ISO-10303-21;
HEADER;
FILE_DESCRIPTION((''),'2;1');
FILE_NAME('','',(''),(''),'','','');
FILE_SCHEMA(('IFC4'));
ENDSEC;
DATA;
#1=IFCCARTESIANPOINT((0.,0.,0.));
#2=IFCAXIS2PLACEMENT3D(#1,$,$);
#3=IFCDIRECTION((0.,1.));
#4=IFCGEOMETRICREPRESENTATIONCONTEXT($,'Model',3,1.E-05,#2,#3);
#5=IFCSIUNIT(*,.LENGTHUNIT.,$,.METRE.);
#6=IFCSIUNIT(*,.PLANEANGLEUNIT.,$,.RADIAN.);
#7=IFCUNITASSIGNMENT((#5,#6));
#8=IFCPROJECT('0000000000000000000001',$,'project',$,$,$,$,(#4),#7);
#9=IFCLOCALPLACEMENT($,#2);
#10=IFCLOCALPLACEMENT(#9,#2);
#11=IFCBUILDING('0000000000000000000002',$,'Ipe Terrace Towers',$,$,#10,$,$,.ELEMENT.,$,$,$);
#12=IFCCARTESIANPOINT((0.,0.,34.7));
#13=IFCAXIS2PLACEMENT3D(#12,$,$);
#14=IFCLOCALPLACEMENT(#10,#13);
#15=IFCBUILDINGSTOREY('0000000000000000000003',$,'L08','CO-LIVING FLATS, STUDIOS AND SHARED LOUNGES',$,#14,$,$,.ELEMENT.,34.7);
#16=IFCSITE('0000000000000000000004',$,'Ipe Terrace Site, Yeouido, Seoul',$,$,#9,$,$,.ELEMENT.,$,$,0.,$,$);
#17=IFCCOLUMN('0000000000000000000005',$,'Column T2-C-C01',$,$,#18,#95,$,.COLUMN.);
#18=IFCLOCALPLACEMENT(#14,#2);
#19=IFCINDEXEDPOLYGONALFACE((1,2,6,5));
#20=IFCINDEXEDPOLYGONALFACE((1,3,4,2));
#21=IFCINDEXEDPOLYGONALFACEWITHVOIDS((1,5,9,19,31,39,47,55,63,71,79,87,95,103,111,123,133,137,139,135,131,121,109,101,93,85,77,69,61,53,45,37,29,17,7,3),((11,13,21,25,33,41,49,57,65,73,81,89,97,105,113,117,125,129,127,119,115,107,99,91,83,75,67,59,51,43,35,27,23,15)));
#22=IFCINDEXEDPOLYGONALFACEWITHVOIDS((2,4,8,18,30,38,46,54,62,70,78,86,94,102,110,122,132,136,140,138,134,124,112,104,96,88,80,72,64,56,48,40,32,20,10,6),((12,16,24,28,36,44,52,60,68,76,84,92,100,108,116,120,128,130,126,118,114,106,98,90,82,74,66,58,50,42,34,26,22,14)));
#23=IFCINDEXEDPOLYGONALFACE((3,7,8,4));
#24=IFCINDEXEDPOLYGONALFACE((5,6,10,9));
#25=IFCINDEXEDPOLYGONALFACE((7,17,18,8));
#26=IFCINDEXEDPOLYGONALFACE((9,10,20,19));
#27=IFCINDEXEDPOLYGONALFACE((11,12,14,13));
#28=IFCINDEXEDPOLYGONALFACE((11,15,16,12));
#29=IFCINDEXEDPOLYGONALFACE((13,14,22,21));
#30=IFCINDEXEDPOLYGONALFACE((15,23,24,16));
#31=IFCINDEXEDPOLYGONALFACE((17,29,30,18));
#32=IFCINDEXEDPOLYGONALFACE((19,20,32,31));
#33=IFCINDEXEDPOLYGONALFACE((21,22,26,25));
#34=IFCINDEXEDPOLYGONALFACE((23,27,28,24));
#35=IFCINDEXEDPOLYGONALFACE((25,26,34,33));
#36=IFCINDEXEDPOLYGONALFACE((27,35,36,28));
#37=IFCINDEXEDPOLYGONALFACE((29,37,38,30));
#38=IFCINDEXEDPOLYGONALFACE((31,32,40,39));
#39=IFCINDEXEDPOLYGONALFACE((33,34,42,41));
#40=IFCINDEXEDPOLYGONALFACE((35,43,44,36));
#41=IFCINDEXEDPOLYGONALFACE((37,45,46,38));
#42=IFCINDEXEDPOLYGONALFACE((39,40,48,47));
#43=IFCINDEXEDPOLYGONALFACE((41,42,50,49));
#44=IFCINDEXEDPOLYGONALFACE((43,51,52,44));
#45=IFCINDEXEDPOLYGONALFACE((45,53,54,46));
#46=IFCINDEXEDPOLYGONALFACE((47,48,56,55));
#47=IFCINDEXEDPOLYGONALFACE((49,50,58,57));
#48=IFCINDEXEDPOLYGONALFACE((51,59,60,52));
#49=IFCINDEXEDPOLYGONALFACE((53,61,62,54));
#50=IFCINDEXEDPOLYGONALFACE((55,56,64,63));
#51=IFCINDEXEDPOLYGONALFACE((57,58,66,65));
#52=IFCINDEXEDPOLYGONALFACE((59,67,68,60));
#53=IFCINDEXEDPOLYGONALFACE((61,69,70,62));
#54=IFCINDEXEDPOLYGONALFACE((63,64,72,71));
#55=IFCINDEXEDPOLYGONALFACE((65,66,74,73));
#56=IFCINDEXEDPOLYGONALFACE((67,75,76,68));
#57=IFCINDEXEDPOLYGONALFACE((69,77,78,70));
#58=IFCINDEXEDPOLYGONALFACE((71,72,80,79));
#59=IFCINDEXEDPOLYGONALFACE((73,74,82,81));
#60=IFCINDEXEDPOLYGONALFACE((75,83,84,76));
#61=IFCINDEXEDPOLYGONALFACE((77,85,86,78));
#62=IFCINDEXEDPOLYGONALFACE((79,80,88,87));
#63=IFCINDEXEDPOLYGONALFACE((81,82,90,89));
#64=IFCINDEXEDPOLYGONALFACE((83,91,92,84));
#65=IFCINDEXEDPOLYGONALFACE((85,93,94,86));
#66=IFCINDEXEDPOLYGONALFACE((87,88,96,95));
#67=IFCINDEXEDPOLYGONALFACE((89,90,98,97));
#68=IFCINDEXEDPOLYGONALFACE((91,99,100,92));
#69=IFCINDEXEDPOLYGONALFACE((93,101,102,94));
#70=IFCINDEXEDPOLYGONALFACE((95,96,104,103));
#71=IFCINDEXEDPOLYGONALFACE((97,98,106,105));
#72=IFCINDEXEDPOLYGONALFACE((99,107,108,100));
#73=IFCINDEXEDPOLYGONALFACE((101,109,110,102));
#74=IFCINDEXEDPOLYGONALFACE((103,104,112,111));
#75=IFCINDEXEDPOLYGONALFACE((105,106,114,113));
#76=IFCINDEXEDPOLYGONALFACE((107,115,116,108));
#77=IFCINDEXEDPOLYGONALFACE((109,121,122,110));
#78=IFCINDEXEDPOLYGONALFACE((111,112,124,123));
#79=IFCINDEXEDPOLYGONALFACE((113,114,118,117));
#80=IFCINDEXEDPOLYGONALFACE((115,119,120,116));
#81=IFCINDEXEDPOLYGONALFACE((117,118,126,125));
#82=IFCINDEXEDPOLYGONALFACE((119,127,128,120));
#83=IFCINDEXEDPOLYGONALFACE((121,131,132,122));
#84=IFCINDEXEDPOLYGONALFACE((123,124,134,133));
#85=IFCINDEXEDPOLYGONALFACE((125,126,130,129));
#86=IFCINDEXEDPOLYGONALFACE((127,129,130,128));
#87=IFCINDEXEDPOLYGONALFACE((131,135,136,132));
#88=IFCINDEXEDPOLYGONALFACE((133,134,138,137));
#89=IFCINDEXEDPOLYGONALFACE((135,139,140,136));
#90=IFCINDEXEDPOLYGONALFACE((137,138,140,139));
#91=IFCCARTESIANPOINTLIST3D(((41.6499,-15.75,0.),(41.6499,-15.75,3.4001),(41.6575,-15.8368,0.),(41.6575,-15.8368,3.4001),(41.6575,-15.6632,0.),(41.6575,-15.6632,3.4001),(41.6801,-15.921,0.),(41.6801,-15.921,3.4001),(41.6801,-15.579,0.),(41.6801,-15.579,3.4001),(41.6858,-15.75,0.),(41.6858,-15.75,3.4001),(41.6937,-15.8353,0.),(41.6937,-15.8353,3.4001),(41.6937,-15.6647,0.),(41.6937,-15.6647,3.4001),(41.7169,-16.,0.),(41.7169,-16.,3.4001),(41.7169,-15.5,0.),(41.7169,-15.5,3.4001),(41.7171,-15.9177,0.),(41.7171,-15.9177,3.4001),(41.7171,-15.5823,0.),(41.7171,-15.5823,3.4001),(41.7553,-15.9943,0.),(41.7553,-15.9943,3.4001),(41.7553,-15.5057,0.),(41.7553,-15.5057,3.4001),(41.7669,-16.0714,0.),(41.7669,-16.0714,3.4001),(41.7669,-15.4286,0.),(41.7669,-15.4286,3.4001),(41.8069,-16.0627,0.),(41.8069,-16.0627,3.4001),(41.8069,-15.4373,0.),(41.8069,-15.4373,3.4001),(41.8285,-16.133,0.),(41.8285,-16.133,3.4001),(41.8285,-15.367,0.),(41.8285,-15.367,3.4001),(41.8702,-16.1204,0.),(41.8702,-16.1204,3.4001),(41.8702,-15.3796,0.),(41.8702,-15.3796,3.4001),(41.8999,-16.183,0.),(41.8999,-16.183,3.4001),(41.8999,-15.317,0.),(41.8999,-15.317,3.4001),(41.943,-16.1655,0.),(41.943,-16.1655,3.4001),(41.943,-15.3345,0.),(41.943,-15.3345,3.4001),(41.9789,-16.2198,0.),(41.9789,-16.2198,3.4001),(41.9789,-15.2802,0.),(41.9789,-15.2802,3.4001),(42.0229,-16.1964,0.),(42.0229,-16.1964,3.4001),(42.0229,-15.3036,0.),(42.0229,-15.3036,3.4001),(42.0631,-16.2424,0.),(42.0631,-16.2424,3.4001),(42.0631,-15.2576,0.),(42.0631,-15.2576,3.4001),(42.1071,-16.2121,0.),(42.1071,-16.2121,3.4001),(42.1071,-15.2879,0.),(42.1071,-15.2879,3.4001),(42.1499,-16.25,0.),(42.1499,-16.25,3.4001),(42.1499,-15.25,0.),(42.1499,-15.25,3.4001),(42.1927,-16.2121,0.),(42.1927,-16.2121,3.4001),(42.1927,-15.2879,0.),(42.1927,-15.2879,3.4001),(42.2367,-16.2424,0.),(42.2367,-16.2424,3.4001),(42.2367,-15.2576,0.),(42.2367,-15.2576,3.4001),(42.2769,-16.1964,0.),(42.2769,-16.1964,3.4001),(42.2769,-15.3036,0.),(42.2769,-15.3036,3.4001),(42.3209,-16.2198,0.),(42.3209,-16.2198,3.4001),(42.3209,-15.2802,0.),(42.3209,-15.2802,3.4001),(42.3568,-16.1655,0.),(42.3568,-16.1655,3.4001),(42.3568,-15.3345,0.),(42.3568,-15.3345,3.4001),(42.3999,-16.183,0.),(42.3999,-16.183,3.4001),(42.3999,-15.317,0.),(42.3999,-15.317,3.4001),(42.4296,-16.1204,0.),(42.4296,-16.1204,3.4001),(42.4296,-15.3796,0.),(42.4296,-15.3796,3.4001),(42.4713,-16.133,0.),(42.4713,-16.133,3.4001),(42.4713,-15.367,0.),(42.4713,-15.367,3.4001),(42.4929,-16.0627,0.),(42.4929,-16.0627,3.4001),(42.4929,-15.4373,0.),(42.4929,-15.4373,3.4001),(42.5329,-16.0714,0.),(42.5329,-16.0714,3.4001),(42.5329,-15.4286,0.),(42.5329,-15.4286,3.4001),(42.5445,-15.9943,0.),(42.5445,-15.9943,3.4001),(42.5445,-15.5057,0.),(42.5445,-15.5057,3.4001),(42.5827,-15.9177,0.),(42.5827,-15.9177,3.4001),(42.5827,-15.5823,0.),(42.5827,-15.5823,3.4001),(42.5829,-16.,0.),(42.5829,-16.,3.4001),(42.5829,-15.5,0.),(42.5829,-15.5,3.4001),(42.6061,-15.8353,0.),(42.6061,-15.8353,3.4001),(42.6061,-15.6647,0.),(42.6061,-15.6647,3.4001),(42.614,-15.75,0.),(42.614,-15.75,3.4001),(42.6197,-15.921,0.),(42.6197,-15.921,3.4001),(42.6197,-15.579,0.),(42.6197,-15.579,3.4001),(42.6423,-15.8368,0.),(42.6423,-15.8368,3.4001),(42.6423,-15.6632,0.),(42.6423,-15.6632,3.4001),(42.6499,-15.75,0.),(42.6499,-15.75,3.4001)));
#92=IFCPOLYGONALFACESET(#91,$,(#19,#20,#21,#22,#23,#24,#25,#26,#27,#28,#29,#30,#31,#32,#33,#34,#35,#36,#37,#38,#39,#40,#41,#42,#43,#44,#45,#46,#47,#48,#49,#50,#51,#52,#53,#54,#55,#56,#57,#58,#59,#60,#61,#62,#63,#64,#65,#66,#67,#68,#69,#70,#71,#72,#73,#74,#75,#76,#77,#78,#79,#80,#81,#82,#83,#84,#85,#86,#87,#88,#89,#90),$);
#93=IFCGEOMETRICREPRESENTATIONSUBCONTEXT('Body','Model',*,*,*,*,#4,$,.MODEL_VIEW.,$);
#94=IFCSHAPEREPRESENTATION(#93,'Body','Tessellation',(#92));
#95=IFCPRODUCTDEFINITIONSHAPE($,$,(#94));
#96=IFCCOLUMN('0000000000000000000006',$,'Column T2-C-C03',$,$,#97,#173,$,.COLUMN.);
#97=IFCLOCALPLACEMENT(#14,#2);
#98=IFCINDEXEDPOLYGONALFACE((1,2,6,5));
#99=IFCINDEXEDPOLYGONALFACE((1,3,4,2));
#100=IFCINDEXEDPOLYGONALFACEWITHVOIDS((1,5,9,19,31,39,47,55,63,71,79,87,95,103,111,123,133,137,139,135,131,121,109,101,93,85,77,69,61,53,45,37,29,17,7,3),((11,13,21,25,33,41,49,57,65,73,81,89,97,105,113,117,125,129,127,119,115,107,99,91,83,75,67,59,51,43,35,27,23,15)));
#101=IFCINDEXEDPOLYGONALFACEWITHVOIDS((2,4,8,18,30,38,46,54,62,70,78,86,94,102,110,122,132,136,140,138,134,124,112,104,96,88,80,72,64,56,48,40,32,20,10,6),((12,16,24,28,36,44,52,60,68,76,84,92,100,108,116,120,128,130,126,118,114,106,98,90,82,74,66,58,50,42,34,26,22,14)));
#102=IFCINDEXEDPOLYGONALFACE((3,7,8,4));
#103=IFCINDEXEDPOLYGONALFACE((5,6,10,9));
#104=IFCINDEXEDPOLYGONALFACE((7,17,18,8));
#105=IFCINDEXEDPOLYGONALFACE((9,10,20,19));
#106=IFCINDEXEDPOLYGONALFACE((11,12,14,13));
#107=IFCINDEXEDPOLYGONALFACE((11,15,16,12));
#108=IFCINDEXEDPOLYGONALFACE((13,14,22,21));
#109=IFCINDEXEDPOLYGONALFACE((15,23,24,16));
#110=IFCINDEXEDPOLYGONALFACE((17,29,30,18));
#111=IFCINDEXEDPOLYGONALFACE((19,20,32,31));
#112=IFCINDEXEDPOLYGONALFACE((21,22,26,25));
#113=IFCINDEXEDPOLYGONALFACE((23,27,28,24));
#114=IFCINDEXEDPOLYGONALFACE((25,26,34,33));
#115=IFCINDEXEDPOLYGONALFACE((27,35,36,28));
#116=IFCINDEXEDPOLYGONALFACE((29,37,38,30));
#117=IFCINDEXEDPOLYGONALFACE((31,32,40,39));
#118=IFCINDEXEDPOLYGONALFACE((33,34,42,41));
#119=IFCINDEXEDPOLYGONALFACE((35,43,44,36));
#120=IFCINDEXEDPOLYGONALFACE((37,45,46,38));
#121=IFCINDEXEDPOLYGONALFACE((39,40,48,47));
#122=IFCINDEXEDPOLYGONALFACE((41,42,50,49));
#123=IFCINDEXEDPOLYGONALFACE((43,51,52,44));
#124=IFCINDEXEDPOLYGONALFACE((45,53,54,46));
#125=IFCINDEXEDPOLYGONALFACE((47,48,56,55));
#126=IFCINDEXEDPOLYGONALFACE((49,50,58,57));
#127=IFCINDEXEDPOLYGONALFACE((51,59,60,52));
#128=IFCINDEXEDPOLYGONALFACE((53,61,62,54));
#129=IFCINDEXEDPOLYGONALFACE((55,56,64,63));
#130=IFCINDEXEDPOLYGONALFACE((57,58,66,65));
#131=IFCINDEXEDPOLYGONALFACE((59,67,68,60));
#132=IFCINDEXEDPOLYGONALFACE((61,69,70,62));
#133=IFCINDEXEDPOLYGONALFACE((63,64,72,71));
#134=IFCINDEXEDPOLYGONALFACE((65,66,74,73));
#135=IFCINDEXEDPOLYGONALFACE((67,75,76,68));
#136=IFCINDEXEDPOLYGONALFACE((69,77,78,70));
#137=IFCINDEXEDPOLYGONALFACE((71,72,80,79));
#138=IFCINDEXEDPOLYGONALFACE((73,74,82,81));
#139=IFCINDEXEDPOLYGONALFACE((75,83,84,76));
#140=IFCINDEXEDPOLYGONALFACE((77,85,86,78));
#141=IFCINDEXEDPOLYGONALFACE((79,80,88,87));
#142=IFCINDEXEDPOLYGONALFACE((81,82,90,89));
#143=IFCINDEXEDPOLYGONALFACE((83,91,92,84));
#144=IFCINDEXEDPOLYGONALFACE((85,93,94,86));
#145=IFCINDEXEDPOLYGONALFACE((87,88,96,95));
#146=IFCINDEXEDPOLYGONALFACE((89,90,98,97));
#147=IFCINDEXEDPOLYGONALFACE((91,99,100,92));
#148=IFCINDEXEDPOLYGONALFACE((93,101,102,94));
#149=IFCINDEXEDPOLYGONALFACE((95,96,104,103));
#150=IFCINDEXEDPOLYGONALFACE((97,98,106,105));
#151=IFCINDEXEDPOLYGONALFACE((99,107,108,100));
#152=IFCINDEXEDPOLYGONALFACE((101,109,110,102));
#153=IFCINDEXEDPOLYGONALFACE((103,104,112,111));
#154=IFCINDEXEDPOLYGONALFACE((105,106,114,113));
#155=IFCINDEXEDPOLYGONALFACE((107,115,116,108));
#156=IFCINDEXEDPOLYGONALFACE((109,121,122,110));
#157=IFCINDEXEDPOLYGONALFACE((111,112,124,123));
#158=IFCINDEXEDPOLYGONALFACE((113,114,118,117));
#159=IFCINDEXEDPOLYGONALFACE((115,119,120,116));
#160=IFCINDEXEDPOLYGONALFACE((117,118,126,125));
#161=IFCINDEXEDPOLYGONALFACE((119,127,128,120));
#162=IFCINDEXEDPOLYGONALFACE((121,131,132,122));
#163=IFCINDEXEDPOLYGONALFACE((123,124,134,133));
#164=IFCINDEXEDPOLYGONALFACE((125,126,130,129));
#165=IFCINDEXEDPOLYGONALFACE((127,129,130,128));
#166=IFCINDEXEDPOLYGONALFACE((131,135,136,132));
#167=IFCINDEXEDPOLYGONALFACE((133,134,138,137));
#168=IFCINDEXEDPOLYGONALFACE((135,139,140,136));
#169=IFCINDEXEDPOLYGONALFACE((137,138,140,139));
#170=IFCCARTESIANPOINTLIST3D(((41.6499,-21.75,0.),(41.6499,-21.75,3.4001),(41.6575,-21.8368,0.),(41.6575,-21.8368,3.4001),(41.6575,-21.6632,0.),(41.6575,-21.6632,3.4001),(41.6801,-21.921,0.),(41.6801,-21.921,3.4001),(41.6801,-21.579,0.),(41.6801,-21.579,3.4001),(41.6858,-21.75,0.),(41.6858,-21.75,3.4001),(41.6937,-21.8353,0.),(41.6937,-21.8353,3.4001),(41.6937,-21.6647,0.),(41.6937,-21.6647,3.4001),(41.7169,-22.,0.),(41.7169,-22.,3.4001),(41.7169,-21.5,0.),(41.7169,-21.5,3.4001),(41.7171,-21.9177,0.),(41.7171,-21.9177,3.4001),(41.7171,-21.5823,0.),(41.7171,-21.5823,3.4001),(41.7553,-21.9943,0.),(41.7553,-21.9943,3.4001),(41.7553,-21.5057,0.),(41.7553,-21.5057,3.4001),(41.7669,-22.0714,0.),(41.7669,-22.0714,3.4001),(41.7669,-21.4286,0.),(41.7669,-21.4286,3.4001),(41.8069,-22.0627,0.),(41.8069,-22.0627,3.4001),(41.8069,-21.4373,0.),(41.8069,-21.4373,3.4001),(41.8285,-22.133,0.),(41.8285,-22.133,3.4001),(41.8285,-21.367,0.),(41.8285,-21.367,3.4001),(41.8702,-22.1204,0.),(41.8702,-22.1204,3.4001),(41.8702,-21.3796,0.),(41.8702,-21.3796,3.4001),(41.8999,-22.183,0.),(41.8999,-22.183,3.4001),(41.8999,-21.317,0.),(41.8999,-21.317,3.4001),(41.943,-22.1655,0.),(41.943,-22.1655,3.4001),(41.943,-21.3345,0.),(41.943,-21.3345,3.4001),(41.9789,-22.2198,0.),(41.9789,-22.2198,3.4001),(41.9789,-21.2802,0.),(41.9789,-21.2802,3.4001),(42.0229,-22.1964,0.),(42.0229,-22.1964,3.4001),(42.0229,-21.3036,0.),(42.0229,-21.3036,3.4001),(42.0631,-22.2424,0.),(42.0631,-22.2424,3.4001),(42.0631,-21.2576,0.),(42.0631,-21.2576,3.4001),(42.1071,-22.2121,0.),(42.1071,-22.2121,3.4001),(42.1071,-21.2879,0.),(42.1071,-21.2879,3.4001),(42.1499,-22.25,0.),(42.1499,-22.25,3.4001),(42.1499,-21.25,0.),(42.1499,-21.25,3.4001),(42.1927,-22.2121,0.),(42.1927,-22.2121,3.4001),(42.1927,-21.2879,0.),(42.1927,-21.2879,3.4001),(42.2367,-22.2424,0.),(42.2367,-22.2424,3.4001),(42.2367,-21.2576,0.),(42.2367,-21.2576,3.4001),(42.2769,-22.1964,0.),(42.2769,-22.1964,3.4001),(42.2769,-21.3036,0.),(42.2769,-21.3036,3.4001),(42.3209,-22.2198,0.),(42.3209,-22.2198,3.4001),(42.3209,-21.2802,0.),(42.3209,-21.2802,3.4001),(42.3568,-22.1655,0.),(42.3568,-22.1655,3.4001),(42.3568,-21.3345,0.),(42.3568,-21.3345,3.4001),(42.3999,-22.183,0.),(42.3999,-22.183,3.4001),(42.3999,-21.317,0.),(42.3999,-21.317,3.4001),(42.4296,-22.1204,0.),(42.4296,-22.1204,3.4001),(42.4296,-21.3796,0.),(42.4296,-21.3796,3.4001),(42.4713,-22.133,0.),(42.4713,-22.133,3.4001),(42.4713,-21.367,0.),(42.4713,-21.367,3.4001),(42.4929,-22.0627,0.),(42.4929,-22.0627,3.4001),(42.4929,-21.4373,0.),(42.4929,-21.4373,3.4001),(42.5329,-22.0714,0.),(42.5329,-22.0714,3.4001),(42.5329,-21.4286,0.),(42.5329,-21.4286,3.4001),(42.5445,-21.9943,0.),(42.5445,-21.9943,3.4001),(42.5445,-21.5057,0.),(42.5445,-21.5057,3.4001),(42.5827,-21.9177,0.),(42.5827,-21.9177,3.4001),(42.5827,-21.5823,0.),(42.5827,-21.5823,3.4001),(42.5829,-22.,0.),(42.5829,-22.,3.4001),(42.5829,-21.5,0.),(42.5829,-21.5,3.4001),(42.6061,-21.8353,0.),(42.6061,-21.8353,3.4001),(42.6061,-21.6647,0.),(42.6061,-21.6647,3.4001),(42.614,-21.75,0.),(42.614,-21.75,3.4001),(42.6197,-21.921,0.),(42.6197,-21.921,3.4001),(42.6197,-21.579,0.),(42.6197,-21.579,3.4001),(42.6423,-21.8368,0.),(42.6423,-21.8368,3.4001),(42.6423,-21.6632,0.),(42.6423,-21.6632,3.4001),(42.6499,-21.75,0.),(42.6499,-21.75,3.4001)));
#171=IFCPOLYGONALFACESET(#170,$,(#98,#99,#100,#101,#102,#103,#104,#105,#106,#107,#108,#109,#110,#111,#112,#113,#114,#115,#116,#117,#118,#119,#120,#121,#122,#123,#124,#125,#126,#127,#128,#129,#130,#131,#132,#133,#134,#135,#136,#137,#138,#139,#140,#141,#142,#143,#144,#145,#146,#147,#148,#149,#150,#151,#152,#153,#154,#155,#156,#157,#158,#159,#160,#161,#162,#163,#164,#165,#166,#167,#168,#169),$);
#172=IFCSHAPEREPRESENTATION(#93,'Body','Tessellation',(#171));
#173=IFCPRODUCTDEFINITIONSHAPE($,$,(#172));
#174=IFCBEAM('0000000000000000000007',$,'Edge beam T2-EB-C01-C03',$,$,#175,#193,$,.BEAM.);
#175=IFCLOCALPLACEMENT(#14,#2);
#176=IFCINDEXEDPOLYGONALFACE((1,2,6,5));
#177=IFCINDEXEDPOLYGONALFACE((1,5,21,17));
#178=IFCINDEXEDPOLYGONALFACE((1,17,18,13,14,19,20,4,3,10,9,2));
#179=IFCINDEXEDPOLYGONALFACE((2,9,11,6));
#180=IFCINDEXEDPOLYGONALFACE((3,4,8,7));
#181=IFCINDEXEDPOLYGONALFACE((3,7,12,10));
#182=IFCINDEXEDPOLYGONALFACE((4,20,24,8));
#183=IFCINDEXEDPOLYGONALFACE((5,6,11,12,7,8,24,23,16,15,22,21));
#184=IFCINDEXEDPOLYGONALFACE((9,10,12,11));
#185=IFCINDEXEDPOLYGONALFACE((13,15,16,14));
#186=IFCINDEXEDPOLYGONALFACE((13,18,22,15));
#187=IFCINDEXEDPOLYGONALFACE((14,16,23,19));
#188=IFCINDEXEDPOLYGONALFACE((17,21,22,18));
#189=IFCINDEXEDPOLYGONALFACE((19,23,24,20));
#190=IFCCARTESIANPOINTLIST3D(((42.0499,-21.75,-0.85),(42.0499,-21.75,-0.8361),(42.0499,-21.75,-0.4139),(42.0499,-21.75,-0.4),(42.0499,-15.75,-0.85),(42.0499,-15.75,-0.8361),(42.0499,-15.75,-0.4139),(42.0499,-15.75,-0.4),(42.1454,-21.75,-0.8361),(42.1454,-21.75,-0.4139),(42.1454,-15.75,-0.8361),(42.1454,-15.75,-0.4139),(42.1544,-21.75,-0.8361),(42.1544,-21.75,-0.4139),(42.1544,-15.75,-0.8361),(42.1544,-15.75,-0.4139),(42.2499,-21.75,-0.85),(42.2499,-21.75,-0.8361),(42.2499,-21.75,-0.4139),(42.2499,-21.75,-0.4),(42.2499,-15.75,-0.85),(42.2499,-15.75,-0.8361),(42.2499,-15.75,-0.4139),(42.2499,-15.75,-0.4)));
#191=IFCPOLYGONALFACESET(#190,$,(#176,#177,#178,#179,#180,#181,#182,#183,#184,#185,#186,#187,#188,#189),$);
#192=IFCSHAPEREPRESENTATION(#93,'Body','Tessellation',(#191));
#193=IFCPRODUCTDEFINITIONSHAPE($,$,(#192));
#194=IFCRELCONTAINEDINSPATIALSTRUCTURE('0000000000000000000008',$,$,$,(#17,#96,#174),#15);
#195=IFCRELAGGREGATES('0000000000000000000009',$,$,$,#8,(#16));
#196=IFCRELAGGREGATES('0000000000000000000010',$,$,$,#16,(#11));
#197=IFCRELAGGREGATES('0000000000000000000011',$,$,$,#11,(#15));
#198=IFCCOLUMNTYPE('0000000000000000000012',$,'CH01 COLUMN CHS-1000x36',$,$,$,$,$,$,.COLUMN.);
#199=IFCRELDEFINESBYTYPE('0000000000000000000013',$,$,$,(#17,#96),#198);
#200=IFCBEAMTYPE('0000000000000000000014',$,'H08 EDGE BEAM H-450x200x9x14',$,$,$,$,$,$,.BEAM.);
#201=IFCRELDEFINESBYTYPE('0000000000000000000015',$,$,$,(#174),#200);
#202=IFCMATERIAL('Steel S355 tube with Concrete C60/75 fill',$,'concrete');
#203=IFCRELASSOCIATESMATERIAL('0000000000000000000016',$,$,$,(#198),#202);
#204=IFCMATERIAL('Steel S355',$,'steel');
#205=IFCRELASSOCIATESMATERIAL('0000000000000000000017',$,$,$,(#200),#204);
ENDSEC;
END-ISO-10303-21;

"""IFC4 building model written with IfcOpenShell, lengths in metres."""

from ifc_helpers import new_model, si_unit, direction, frame, origin, origin_2d, place, context, subcontext, project, spatial, hollow_circle, i_section, extrude, material, material_profile, profile_set, type_object, element, save


model = new_model("IFC4")

# Units and contexts
model_context = context("Model", 3, precision=1e-05, world=origin(), true_north=direction((0.0, 1.0)))
body_context = subcontext(model_context, "Body", "Model", "MODEL_VIEW")
ifc_project = project(units=[si_unit("LENGTHUNIT", "METRE"), si_unit("PLANEANGLEUNIT", "RADIAN")], contexts=[model_context])

# Site, building, storey
site_placement = place(None, origin())
site = spatial("IfcSite", under=ifc_project, at=site_placement, Name="Ipe Terrace Site, Yeouido, Seoul", CompositionType="ELEMENT", RefElevation=0.0)
building_placement = place(site_placement, origin())
building = spatial("IfcBuilding", under=site, at=building_placement, Name="Ipe Terrace Towers", CompositionType="ELEMENT")
storey_placement = place(building_placement, frame((0.0, 0.0, 34.7)))
storey = spatial("IfcBuildingStorey", under=building, at=storey_placement, Name="L08", Description="CO-LIVING FLATS, STUDIOS AND SHARED LOUNGES", CompositionType="ELEMENT", Elevation=34.7)

# Columns
ifc_material_1 = material(Name="Steel S355 tube with Concrete C60/75 fill", Category="concrete")
ifc_material_profile_1 = material_profile(ifc_material_1, hollow_circle(Radius=0.5, WallThickness=0.0359, at=origin_2d()), Name="CHS-1000x36")
ifc_profile_set_1 = profile_set([ifc_material_profile_1], Name="Steel S355 tube with Concrete C60/75 fill")
column_type = type_object("IfcColumnType", Name="CH01 COLUMN CHS-1000x36", PredefinedType="COLUMN", material=ifc_profile_set_1)
for number, where, z_axis, x_axis, name in (
    (1, (42.1499, -15.75, 0.0), (0.0, 0.0, 1.0), (1.0, 0.0, 0.0), "Column T2-C-C01"),
    (2, (42.1499, -21.75, 0.0), (0.0, 0.0, 1.0), (1.0, 0.0, 0.0), "Column T2-C-C03"),
):
    element("IfcColumn", number, at=place(storey_placement, frame(where, z_axis=z_axis, x_axis=x_axis)), inside=storey, type_object=column_type, Name=name, PredefinedType="COLUMN", context=body_context, shape_type="SweptSolid", body=[
        extrude(hollow_circle(Radius=0.5, WallThickness=0.0359, at=origin_2d()), origin(), (0.0, 0.0, 1.0), 3.4001),
    ])

# Beam
ifc_material_2 = material(Name="Steel S355", Category="steel")
ifc_material_profile_2 = material_profile(ifc_material_2, i_section(OverallWidth=0.2, OverallDepth=0.45, WebThickness=0.009, FlangeThickness=0.0139, at=origin_2d()), Name="H-450x200x9x14")
ifc_profile_set_2 = profile_set([ifc_material_profile_2], Name="Steel S355")
beam_type = type_object("IfcBeamType", Name="H08 EDGE BEAM H-450x200x9x14", PredefinedType="BEAM", material=ifc_profile_set_2)
beam_placement = place(storey_placement, frame((42.1499, -15.75, -0.625), z_axis=(0.0, -1.0, 0.0), x_axis=(1.0, 0.0, 0.0)))
element("IfcBeam", 3, at=beam_placement, inside=storey, type_object=beam_type, Name="Edge beam T2-EB-C01-C03", PredefinedType="BEAM", context=body_context, shape_type="SweptSolid", body=[
    extrude(i_section(OverallWidth=0.2, OverallDepth=0.45, WebThickness=0.009, FlangeThickness=0.0139, at=origin_2d()), origin(), (0.0, 0.0, 1.0), 6.0),
])

save(model, "model.ifc")
